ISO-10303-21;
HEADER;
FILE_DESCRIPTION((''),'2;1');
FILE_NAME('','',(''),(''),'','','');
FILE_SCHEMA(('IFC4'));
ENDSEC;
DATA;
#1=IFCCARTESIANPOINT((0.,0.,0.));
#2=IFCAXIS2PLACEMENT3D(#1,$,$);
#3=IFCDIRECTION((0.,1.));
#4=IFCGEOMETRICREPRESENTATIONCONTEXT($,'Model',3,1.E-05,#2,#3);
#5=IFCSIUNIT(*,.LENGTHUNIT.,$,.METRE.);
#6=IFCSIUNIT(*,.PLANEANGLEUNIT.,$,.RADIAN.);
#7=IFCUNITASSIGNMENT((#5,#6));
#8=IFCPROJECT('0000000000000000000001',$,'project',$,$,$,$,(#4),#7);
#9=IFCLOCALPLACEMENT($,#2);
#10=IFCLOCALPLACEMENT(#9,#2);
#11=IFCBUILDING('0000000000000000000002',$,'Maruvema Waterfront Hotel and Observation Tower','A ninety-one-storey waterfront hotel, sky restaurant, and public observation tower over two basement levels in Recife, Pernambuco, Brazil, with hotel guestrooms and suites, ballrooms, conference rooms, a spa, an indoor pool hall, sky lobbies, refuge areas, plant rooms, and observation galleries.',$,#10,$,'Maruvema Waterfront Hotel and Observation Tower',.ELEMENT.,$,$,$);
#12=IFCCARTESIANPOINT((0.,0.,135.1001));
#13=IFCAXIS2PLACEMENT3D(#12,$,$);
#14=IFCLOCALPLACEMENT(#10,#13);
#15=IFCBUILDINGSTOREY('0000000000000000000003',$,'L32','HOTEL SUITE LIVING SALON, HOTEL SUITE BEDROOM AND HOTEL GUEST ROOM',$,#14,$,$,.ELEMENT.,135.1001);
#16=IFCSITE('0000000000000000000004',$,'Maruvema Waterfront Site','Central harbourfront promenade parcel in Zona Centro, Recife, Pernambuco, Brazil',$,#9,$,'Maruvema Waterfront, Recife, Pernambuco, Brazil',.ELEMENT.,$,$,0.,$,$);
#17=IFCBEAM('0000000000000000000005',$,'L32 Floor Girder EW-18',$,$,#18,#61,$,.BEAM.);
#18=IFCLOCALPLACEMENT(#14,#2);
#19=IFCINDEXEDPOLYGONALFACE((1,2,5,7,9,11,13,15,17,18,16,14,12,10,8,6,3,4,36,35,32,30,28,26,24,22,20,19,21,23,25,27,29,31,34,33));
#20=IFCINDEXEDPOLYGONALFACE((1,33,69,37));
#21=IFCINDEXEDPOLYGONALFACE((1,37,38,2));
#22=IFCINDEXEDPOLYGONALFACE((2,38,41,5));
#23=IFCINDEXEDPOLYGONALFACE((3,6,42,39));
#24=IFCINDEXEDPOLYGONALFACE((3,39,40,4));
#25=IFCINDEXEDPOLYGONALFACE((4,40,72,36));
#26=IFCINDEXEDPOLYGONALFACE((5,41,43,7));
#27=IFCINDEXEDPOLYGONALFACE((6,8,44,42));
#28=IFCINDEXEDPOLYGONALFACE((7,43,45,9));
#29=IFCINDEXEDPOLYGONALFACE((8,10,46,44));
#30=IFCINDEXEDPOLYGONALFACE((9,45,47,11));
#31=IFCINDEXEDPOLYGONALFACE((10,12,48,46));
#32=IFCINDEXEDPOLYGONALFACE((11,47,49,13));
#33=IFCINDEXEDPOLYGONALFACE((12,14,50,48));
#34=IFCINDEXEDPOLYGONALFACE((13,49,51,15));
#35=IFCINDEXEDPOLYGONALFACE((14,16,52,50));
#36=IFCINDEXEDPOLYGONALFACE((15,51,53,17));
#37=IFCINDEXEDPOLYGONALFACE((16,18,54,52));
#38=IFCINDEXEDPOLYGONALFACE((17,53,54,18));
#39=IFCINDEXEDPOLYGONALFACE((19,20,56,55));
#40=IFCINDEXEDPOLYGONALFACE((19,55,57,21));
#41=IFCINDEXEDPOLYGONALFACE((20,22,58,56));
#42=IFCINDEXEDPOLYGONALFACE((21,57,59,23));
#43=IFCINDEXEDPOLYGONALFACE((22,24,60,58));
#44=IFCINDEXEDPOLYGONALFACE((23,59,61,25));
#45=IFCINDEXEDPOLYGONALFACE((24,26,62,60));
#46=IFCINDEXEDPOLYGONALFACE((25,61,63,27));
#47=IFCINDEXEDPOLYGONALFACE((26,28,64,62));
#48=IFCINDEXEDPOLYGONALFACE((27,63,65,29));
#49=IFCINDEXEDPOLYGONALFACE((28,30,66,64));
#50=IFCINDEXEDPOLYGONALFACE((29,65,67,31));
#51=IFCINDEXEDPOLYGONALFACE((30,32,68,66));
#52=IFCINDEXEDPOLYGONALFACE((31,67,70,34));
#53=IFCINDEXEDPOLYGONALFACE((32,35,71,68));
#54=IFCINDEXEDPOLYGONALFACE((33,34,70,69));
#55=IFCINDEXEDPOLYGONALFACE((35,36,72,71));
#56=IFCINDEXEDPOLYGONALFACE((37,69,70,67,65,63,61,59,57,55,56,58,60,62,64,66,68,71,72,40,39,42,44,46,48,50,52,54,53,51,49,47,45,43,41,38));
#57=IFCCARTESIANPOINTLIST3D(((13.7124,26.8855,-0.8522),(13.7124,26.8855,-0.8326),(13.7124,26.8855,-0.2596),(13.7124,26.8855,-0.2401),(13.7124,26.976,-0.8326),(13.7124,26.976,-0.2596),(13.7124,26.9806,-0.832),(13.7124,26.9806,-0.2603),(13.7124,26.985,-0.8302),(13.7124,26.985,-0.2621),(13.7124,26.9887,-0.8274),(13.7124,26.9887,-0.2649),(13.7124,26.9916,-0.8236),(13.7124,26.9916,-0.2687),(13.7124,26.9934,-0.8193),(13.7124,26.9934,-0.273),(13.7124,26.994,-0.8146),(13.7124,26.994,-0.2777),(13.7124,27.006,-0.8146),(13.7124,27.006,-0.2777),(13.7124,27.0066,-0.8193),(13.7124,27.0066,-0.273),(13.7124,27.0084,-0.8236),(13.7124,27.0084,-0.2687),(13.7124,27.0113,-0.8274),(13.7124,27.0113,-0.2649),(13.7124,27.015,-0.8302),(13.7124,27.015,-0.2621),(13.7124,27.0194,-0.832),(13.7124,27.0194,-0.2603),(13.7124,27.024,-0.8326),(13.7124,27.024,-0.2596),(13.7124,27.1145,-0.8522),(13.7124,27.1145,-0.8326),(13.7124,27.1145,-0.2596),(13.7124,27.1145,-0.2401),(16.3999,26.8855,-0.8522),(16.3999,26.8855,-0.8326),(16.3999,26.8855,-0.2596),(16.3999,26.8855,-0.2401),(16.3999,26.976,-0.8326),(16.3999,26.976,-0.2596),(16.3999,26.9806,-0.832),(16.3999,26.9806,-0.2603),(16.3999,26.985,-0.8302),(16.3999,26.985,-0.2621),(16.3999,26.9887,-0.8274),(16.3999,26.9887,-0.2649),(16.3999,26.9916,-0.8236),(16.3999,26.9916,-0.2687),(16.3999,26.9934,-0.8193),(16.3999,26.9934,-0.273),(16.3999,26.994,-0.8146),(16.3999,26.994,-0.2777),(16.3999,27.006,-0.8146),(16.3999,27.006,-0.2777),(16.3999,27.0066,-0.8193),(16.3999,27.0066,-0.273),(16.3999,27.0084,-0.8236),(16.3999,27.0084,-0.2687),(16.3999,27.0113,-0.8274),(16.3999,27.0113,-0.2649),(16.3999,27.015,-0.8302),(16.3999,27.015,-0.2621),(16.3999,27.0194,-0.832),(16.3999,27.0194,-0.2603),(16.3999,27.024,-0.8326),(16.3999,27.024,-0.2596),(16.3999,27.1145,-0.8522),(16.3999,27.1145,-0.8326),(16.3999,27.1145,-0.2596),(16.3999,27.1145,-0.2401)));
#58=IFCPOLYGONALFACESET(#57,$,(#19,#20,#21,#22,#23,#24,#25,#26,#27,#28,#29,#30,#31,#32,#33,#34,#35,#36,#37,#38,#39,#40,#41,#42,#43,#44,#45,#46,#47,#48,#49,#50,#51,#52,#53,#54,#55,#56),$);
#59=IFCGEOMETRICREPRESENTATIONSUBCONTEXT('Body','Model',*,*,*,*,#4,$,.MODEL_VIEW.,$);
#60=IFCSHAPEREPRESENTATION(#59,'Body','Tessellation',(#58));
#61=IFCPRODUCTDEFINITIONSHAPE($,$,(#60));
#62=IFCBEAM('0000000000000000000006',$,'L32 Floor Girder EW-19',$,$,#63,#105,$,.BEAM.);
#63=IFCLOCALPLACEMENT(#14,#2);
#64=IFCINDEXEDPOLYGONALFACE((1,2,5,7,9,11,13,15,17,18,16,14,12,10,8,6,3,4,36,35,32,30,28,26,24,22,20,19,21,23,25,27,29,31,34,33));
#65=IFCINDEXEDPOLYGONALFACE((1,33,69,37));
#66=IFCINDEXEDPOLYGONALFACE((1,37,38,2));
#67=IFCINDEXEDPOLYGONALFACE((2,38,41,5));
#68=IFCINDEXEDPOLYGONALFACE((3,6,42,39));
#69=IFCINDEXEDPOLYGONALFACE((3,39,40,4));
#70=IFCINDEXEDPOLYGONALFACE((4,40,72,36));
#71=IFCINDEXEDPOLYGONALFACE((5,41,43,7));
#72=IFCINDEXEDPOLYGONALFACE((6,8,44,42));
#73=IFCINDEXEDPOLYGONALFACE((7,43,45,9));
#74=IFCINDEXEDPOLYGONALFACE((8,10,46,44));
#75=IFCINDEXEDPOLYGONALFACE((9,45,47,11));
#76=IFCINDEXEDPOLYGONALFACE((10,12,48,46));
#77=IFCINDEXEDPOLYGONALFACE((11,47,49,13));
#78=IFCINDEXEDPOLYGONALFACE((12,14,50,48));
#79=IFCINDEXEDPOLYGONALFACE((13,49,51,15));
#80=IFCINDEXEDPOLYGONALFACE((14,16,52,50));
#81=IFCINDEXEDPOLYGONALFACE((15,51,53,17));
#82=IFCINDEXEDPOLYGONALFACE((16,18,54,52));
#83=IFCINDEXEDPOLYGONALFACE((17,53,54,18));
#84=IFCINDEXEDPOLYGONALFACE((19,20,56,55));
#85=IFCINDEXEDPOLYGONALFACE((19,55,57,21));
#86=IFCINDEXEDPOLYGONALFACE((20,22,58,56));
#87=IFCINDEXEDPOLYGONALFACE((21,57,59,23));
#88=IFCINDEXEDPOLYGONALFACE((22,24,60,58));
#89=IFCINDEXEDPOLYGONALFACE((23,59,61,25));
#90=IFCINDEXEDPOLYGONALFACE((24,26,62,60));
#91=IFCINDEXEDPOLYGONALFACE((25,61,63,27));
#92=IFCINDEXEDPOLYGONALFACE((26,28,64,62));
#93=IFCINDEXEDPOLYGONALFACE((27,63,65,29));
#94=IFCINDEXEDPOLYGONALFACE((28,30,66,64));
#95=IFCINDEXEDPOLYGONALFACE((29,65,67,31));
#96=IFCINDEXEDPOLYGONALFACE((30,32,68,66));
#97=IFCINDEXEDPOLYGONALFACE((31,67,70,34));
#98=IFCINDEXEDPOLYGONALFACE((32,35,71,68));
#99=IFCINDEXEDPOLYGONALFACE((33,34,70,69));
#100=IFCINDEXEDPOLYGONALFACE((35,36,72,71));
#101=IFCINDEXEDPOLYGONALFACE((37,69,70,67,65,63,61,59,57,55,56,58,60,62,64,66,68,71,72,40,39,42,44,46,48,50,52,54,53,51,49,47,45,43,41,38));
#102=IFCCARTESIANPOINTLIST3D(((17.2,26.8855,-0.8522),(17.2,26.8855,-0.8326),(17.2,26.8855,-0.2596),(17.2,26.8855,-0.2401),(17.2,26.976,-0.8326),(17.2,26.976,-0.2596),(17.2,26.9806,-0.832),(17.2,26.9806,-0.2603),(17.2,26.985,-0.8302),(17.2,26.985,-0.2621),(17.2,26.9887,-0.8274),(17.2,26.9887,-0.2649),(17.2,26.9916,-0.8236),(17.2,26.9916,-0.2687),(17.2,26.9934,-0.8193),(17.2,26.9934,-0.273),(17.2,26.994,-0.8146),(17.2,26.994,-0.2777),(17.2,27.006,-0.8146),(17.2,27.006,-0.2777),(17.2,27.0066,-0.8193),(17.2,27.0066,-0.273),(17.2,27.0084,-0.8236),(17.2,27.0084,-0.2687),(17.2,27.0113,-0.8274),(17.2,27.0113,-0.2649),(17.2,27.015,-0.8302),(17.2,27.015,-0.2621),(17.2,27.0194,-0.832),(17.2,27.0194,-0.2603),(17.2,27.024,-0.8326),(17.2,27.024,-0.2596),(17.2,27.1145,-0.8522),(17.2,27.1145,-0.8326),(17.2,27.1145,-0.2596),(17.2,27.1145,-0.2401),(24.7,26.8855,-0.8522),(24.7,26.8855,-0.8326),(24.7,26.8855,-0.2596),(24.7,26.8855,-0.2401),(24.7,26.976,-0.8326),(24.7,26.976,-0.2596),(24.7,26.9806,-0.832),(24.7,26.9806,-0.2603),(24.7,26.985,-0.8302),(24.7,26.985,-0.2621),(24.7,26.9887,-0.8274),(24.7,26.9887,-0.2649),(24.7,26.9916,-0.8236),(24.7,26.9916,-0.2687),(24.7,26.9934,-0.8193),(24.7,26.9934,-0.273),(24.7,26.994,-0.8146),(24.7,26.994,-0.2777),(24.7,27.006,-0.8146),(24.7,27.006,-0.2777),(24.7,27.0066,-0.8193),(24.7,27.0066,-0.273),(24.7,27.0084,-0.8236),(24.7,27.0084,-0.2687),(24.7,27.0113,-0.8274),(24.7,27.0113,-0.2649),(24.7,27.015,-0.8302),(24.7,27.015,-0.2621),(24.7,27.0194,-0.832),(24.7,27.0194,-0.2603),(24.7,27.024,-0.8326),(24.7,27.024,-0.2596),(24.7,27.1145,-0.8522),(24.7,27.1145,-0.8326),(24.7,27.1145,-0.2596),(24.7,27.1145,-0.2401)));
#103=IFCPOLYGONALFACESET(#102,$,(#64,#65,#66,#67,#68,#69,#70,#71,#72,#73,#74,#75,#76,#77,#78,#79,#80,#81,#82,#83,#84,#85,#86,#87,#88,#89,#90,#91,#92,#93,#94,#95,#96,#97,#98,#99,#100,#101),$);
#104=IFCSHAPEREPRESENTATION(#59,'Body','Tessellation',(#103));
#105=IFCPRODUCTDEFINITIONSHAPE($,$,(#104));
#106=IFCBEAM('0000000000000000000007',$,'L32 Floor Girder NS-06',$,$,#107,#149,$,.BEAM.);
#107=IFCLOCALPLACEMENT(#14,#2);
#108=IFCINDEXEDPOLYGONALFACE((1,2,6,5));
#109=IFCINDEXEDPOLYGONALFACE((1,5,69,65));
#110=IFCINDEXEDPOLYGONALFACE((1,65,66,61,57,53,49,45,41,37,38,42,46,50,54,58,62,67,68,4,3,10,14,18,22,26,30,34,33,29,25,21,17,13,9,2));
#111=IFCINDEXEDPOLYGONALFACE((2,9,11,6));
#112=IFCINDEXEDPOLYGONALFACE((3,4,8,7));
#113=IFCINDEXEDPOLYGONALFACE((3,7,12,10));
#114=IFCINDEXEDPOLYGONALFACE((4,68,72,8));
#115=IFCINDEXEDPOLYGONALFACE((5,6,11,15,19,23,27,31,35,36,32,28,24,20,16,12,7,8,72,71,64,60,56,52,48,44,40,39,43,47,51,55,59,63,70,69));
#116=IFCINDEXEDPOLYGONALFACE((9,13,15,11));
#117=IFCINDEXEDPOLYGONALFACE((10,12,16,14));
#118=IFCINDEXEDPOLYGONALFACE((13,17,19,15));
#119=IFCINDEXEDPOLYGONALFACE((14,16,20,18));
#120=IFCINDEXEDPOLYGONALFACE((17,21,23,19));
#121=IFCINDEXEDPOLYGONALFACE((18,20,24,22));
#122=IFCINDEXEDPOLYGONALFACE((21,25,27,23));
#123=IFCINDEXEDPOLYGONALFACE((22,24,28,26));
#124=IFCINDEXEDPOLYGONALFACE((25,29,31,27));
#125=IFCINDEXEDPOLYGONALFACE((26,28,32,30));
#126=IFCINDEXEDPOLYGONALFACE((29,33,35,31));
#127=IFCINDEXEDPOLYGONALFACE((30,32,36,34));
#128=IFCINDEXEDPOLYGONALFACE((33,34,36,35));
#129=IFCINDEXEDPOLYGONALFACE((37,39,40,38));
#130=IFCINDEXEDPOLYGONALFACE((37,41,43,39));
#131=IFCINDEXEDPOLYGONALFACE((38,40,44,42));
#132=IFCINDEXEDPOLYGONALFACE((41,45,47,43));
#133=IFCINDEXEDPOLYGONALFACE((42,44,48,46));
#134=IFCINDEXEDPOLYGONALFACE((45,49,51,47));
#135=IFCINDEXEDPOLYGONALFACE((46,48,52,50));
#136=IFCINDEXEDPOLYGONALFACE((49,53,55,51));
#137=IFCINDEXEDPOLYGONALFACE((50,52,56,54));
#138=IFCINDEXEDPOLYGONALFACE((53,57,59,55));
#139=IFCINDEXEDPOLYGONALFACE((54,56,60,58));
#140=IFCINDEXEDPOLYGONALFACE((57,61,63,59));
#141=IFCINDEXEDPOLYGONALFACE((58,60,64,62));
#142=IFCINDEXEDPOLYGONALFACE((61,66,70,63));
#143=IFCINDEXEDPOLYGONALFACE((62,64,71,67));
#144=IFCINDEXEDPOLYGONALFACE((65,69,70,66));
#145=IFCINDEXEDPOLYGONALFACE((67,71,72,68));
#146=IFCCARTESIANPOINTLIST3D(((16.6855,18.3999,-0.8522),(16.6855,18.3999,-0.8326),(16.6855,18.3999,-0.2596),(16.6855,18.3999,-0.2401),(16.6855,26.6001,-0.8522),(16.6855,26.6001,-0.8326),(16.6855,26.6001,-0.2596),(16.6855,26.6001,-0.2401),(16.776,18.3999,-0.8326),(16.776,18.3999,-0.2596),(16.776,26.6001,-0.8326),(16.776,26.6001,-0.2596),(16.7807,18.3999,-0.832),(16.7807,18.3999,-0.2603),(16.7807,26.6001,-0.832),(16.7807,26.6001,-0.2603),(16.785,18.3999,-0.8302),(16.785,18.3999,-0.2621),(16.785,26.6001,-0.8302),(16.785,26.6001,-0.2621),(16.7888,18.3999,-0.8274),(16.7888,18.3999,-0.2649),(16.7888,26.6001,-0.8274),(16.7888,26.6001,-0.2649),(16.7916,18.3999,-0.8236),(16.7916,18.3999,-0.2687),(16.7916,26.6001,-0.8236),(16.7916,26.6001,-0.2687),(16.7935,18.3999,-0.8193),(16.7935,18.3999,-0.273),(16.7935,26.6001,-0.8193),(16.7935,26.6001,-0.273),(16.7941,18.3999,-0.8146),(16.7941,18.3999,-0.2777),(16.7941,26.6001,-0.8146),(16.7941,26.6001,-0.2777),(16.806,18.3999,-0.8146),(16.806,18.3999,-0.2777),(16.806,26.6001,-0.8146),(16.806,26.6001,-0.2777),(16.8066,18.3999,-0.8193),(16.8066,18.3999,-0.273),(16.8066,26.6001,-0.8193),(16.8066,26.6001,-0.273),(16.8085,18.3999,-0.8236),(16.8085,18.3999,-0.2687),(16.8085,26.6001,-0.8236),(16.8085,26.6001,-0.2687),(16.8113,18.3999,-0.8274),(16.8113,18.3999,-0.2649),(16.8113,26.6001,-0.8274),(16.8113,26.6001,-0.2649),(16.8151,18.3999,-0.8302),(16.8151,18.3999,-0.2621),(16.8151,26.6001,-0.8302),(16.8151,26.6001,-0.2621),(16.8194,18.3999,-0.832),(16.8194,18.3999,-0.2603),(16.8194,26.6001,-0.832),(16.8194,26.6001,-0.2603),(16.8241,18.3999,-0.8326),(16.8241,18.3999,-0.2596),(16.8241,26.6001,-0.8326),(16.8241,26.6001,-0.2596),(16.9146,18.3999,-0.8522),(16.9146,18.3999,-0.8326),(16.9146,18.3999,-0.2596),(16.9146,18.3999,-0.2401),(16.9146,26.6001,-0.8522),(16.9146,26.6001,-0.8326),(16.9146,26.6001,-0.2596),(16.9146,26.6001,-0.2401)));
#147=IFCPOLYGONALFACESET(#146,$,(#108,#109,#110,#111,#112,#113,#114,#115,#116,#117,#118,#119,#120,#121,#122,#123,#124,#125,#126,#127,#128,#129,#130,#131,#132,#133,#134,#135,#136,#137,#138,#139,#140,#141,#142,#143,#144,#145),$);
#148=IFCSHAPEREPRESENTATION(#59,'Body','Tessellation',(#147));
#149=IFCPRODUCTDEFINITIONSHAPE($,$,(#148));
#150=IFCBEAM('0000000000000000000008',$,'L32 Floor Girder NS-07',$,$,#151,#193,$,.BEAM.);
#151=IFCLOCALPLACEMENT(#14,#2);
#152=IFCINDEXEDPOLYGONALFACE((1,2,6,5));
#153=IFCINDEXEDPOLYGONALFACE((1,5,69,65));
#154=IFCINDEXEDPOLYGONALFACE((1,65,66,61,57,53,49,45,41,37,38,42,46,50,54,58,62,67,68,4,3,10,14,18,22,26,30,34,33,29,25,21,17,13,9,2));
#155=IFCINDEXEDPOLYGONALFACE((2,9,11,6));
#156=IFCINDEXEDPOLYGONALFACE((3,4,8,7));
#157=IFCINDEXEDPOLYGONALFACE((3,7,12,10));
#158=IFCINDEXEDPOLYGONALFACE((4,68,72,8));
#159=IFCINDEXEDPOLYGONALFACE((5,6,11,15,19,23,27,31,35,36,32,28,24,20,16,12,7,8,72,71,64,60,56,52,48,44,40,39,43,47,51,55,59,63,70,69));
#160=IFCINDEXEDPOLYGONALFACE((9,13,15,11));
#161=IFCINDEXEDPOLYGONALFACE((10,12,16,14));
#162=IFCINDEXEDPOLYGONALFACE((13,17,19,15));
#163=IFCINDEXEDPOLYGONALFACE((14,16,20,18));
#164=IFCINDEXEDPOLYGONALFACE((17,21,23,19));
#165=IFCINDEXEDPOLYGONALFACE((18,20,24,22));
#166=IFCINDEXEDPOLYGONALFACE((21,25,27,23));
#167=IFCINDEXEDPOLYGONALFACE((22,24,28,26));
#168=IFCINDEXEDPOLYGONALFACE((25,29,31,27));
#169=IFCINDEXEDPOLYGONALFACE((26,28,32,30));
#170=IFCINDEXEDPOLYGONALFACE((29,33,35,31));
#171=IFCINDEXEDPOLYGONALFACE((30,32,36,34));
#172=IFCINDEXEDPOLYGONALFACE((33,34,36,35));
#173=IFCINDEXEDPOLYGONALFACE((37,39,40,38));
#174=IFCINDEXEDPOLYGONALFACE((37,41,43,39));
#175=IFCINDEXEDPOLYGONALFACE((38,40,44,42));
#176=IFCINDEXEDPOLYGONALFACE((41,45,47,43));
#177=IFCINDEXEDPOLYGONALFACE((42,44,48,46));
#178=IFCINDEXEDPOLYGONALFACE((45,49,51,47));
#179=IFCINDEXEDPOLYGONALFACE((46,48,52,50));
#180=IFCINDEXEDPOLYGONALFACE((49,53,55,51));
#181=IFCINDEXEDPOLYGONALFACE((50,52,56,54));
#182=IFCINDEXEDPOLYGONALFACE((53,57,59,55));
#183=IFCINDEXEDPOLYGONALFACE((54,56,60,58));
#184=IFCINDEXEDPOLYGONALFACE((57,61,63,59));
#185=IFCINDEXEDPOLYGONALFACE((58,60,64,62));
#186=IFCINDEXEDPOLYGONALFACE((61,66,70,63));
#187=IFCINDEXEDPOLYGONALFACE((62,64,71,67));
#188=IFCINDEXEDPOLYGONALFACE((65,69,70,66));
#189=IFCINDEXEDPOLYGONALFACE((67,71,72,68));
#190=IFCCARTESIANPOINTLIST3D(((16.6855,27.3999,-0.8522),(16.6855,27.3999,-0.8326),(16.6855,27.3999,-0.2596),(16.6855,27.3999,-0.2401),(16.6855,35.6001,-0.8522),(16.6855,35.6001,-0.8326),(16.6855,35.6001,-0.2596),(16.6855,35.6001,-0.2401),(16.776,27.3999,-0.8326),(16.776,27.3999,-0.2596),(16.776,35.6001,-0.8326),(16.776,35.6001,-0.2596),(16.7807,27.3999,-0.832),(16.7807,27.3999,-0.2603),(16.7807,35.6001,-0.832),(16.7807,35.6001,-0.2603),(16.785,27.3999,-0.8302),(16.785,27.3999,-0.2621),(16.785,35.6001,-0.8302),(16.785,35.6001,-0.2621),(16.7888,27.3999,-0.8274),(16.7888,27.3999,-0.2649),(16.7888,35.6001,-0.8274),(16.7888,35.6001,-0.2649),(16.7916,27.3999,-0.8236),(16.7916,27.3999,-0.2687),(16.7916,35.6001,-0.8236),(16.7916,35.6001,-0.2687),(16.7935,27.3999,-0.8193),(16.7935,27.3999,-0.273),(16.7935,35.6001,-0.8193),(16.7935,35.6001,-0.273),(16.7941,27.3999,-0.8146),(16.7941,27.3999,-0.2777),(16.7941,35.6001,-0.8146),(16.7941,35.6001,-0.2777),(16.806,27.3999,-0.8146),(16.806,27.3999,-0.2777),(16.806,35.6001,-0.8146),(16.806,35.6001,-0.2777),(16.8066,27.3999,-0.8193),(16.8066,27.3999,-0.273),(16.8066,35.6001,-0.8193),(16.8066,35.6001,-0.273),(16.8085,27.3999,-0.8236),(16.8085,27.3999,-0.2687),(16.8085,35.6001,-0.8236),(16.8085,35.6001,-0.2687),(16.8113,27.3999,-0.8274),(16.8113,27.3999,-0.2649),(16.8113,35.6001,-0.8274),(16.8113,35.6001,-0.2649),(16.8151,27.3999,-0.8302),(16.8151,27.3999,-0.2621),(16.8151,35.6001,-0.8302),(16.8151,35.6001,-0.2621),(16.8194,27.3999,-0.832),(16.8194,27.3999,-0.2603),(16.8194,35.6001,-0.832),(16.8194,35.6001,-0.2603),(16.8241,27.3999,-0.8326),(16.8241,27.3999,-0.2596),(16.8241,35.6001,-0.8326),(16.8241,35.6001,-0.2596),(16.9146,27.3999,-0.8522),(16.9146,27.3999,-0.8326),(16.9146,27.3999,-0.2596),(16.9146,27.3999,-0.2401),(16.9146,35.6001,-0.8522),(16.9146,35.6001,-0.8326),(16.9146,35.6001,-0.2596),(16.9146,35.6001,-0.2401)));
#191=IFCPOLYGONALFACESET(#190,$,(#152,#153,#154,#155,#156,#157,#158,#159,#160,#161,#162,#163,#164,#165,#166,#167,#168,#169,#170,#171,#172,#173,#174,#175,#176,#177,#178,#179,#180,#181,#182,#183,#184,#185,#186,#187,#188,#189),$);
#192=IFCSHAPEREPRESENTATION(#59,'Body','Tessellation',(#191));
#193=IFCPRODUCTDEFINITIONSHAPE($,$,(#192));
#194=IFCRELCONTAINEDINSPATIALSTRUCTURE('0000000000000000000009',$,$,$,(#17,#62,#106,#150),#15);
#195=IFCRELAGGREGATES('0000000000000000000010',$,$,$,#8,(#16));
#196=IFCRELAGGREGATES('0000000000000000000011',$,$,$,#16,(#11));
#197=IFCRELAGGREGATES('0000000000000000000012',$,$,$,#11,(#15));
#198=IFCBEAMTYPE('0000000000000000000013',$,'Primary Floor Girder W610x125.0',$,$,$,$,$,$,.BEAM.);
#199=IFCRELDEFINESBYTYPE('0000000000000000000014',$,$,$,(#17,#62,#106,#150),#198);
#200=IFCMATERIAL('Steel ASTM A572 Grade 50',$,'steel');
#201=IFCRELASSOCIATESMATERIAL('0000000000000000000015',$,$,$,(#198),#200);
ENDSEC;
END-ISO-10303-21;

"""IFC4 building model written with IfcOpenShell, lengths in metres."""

from ifc_helpers import new_model, si_unit, direction, frame, origin, origin_2d, place, context, subcontext, project, spatial, i_section, extrude, material, material_profile, profile_set, type_object, element, save


model = new_model("IFC4")

# Units and contexts
model_context = context("Model", 3, precision=1e-05, world=origin(), true_north=direction((0.0, 1.0)))
body_context = subcontext(model_context, "Body", "Model", "MODEL_VIEW")
ifc_project = project(units=[si_unit("LENGTHUNIT", "METRE"), si_unit("PLANEANGLEUNIT", "RADIAN")], contexts=[model_context])

# Site, building, storey
site_placement = place(None, origin())
site = spatial("IfcSite", under=ifc_project, at=site_placement, Name="Maruvema Waterfront Site", Description="Central harbourfront promenade parcel in Zona Centro, Recife, Pernambuco, Brazil", LongName="Maruvema Waterfront, Recife, Pernambuco, Brazil", CompositionType="ELEMENT", RefElevation=0.0)
building_placement = place(site_placement, origin())
building = spatial("IfcBuilding", under=site, at=building_placement, Name="Maruvema Waterfront Hotel and Observation Tower", Description="A ninety-one-storey waterfront hotel, sky restaurant, and public observation tower over two basement levels in Recife, Pernambuco, Brazil, with hotel guestrooms and suites, ballrooms, conference rooms, a spa, an indoor pool hall, sky lobbies, refuge areas, plant rooms, and observation galleries.", LongName="Maruvema Waterfront Hotel and Observation Tower", CompositionType="ELEMENT")
storey_placement = place(building_placement, frame((0.0, 0.0, 135.1001)))
storey = spatial("IfcBuildingStorey", under=building, at=storey_placement, Name="L32", Description="HOTEL SUITE LIVING SALON, HOTEL SUITE BEDROOM AND HOTEL GUEST ROOM", CompositionType="ELEMENT", Elevation=135.1001)

# Beams
ifc_material_1 = material(Name="Steel ASTM A572 Grade 50", Category="steel")
ifc_material_profile_1 = material_profile(ifc_material_1, i_section(OverallWidth=0.229, OverallDepth=0.6121, WebThickness=0.012, FlangeThickness=0.0195, FilletRadius=0.0181, at=origin_2d()), Name="W610x125.0")
ifc_profile_set_1 = profile_set([ifc_material_profile_1], Name="Steel ASTM A572 Grade 50")
beam_type_1 = type_object("IfcBeamType", Name="Primary Floor Girder W610x125.0", PredefinedType="BEAM", material=ifc_profile_set_1)
beam_1_placement = place(storey_placement, frame((13.7124, 27.0, -0.5461), z_axis=(1.0, 0.0, 0.0), x_axis=(0.0, 1.0, 0.0)))
element("IfcBeam", 1, at=beam_1_placement, inside=storey, type_object=beam_type_1, Name="L32 Floor Girder EW-18", PredefinedType="BEAM", context=body_context, shape_type="SweptSolid", body=[
    extrude(i_section(OverallWidth=0.229, OverallDepth=0.6121, WebThickness=0.012, FlangeThickness=0.0195, FilletRadius=0.0181, at=origin_2d()), origin(), (0.0, 0.0, 1.0), 2.6875),
])
beam_2_placement = place(storey_placement, frame((17.2, 27.0, -0.5461), z_axis=(1.0, 0.0, 0.0), x_axis=(0.0, 1.0, 0.0)))
element("IfcBeam", 2, at=beam_2_placement, inside=storey, type_object=beam_type_1, Name="L32 Floor Girder EW-19", PredefinedType="BEAM", context=body_context, shape_type="SweptSolid", body=[
    extrude(i_section(OverallWidth=0.229, OverallDepth=0.6121, WebThickness=0.012, FlangeThickness=0.0195, FilletRadius=0.0181, at=origin_2d()), origin(), (0.0, 0.0, 1.0), 7.5),
])
for number, where, z_axis, x_axis, name in (
    (3, (16.8, 18.3999, -0.5461), (0.0, 1.0, 0.0), (-1.0, 0.0, 0.0), "L32 Floor Girder NS-06"),
    (4, (16.8, 27.3999, -0.5461), (0.0, 1.0, 0.0), (-1.0, 0.0, 0.0), "L32 Floor Girder NS-07"),
):
    element("IfcBeam", number, at=place(storey_placement, frame(where, z_axis=z_axis, x_axis=x_axis)), inside=storey, type_object=beam_type_1, Name=name, PredefinedType="BEAM", context=body_context, shape_type="SweptSolid", body=[
        extrude(i_section(OverallWidth=0.229, OverallDepth=0.6121, WebThickness=0.012, FlangeThickness=0.0195, FilletRadius=0.0181, at=origin_2d()), origin(), (0.0, 0.0, 1.0), 8.2002),
    ])

save(model, "model.ifc")
